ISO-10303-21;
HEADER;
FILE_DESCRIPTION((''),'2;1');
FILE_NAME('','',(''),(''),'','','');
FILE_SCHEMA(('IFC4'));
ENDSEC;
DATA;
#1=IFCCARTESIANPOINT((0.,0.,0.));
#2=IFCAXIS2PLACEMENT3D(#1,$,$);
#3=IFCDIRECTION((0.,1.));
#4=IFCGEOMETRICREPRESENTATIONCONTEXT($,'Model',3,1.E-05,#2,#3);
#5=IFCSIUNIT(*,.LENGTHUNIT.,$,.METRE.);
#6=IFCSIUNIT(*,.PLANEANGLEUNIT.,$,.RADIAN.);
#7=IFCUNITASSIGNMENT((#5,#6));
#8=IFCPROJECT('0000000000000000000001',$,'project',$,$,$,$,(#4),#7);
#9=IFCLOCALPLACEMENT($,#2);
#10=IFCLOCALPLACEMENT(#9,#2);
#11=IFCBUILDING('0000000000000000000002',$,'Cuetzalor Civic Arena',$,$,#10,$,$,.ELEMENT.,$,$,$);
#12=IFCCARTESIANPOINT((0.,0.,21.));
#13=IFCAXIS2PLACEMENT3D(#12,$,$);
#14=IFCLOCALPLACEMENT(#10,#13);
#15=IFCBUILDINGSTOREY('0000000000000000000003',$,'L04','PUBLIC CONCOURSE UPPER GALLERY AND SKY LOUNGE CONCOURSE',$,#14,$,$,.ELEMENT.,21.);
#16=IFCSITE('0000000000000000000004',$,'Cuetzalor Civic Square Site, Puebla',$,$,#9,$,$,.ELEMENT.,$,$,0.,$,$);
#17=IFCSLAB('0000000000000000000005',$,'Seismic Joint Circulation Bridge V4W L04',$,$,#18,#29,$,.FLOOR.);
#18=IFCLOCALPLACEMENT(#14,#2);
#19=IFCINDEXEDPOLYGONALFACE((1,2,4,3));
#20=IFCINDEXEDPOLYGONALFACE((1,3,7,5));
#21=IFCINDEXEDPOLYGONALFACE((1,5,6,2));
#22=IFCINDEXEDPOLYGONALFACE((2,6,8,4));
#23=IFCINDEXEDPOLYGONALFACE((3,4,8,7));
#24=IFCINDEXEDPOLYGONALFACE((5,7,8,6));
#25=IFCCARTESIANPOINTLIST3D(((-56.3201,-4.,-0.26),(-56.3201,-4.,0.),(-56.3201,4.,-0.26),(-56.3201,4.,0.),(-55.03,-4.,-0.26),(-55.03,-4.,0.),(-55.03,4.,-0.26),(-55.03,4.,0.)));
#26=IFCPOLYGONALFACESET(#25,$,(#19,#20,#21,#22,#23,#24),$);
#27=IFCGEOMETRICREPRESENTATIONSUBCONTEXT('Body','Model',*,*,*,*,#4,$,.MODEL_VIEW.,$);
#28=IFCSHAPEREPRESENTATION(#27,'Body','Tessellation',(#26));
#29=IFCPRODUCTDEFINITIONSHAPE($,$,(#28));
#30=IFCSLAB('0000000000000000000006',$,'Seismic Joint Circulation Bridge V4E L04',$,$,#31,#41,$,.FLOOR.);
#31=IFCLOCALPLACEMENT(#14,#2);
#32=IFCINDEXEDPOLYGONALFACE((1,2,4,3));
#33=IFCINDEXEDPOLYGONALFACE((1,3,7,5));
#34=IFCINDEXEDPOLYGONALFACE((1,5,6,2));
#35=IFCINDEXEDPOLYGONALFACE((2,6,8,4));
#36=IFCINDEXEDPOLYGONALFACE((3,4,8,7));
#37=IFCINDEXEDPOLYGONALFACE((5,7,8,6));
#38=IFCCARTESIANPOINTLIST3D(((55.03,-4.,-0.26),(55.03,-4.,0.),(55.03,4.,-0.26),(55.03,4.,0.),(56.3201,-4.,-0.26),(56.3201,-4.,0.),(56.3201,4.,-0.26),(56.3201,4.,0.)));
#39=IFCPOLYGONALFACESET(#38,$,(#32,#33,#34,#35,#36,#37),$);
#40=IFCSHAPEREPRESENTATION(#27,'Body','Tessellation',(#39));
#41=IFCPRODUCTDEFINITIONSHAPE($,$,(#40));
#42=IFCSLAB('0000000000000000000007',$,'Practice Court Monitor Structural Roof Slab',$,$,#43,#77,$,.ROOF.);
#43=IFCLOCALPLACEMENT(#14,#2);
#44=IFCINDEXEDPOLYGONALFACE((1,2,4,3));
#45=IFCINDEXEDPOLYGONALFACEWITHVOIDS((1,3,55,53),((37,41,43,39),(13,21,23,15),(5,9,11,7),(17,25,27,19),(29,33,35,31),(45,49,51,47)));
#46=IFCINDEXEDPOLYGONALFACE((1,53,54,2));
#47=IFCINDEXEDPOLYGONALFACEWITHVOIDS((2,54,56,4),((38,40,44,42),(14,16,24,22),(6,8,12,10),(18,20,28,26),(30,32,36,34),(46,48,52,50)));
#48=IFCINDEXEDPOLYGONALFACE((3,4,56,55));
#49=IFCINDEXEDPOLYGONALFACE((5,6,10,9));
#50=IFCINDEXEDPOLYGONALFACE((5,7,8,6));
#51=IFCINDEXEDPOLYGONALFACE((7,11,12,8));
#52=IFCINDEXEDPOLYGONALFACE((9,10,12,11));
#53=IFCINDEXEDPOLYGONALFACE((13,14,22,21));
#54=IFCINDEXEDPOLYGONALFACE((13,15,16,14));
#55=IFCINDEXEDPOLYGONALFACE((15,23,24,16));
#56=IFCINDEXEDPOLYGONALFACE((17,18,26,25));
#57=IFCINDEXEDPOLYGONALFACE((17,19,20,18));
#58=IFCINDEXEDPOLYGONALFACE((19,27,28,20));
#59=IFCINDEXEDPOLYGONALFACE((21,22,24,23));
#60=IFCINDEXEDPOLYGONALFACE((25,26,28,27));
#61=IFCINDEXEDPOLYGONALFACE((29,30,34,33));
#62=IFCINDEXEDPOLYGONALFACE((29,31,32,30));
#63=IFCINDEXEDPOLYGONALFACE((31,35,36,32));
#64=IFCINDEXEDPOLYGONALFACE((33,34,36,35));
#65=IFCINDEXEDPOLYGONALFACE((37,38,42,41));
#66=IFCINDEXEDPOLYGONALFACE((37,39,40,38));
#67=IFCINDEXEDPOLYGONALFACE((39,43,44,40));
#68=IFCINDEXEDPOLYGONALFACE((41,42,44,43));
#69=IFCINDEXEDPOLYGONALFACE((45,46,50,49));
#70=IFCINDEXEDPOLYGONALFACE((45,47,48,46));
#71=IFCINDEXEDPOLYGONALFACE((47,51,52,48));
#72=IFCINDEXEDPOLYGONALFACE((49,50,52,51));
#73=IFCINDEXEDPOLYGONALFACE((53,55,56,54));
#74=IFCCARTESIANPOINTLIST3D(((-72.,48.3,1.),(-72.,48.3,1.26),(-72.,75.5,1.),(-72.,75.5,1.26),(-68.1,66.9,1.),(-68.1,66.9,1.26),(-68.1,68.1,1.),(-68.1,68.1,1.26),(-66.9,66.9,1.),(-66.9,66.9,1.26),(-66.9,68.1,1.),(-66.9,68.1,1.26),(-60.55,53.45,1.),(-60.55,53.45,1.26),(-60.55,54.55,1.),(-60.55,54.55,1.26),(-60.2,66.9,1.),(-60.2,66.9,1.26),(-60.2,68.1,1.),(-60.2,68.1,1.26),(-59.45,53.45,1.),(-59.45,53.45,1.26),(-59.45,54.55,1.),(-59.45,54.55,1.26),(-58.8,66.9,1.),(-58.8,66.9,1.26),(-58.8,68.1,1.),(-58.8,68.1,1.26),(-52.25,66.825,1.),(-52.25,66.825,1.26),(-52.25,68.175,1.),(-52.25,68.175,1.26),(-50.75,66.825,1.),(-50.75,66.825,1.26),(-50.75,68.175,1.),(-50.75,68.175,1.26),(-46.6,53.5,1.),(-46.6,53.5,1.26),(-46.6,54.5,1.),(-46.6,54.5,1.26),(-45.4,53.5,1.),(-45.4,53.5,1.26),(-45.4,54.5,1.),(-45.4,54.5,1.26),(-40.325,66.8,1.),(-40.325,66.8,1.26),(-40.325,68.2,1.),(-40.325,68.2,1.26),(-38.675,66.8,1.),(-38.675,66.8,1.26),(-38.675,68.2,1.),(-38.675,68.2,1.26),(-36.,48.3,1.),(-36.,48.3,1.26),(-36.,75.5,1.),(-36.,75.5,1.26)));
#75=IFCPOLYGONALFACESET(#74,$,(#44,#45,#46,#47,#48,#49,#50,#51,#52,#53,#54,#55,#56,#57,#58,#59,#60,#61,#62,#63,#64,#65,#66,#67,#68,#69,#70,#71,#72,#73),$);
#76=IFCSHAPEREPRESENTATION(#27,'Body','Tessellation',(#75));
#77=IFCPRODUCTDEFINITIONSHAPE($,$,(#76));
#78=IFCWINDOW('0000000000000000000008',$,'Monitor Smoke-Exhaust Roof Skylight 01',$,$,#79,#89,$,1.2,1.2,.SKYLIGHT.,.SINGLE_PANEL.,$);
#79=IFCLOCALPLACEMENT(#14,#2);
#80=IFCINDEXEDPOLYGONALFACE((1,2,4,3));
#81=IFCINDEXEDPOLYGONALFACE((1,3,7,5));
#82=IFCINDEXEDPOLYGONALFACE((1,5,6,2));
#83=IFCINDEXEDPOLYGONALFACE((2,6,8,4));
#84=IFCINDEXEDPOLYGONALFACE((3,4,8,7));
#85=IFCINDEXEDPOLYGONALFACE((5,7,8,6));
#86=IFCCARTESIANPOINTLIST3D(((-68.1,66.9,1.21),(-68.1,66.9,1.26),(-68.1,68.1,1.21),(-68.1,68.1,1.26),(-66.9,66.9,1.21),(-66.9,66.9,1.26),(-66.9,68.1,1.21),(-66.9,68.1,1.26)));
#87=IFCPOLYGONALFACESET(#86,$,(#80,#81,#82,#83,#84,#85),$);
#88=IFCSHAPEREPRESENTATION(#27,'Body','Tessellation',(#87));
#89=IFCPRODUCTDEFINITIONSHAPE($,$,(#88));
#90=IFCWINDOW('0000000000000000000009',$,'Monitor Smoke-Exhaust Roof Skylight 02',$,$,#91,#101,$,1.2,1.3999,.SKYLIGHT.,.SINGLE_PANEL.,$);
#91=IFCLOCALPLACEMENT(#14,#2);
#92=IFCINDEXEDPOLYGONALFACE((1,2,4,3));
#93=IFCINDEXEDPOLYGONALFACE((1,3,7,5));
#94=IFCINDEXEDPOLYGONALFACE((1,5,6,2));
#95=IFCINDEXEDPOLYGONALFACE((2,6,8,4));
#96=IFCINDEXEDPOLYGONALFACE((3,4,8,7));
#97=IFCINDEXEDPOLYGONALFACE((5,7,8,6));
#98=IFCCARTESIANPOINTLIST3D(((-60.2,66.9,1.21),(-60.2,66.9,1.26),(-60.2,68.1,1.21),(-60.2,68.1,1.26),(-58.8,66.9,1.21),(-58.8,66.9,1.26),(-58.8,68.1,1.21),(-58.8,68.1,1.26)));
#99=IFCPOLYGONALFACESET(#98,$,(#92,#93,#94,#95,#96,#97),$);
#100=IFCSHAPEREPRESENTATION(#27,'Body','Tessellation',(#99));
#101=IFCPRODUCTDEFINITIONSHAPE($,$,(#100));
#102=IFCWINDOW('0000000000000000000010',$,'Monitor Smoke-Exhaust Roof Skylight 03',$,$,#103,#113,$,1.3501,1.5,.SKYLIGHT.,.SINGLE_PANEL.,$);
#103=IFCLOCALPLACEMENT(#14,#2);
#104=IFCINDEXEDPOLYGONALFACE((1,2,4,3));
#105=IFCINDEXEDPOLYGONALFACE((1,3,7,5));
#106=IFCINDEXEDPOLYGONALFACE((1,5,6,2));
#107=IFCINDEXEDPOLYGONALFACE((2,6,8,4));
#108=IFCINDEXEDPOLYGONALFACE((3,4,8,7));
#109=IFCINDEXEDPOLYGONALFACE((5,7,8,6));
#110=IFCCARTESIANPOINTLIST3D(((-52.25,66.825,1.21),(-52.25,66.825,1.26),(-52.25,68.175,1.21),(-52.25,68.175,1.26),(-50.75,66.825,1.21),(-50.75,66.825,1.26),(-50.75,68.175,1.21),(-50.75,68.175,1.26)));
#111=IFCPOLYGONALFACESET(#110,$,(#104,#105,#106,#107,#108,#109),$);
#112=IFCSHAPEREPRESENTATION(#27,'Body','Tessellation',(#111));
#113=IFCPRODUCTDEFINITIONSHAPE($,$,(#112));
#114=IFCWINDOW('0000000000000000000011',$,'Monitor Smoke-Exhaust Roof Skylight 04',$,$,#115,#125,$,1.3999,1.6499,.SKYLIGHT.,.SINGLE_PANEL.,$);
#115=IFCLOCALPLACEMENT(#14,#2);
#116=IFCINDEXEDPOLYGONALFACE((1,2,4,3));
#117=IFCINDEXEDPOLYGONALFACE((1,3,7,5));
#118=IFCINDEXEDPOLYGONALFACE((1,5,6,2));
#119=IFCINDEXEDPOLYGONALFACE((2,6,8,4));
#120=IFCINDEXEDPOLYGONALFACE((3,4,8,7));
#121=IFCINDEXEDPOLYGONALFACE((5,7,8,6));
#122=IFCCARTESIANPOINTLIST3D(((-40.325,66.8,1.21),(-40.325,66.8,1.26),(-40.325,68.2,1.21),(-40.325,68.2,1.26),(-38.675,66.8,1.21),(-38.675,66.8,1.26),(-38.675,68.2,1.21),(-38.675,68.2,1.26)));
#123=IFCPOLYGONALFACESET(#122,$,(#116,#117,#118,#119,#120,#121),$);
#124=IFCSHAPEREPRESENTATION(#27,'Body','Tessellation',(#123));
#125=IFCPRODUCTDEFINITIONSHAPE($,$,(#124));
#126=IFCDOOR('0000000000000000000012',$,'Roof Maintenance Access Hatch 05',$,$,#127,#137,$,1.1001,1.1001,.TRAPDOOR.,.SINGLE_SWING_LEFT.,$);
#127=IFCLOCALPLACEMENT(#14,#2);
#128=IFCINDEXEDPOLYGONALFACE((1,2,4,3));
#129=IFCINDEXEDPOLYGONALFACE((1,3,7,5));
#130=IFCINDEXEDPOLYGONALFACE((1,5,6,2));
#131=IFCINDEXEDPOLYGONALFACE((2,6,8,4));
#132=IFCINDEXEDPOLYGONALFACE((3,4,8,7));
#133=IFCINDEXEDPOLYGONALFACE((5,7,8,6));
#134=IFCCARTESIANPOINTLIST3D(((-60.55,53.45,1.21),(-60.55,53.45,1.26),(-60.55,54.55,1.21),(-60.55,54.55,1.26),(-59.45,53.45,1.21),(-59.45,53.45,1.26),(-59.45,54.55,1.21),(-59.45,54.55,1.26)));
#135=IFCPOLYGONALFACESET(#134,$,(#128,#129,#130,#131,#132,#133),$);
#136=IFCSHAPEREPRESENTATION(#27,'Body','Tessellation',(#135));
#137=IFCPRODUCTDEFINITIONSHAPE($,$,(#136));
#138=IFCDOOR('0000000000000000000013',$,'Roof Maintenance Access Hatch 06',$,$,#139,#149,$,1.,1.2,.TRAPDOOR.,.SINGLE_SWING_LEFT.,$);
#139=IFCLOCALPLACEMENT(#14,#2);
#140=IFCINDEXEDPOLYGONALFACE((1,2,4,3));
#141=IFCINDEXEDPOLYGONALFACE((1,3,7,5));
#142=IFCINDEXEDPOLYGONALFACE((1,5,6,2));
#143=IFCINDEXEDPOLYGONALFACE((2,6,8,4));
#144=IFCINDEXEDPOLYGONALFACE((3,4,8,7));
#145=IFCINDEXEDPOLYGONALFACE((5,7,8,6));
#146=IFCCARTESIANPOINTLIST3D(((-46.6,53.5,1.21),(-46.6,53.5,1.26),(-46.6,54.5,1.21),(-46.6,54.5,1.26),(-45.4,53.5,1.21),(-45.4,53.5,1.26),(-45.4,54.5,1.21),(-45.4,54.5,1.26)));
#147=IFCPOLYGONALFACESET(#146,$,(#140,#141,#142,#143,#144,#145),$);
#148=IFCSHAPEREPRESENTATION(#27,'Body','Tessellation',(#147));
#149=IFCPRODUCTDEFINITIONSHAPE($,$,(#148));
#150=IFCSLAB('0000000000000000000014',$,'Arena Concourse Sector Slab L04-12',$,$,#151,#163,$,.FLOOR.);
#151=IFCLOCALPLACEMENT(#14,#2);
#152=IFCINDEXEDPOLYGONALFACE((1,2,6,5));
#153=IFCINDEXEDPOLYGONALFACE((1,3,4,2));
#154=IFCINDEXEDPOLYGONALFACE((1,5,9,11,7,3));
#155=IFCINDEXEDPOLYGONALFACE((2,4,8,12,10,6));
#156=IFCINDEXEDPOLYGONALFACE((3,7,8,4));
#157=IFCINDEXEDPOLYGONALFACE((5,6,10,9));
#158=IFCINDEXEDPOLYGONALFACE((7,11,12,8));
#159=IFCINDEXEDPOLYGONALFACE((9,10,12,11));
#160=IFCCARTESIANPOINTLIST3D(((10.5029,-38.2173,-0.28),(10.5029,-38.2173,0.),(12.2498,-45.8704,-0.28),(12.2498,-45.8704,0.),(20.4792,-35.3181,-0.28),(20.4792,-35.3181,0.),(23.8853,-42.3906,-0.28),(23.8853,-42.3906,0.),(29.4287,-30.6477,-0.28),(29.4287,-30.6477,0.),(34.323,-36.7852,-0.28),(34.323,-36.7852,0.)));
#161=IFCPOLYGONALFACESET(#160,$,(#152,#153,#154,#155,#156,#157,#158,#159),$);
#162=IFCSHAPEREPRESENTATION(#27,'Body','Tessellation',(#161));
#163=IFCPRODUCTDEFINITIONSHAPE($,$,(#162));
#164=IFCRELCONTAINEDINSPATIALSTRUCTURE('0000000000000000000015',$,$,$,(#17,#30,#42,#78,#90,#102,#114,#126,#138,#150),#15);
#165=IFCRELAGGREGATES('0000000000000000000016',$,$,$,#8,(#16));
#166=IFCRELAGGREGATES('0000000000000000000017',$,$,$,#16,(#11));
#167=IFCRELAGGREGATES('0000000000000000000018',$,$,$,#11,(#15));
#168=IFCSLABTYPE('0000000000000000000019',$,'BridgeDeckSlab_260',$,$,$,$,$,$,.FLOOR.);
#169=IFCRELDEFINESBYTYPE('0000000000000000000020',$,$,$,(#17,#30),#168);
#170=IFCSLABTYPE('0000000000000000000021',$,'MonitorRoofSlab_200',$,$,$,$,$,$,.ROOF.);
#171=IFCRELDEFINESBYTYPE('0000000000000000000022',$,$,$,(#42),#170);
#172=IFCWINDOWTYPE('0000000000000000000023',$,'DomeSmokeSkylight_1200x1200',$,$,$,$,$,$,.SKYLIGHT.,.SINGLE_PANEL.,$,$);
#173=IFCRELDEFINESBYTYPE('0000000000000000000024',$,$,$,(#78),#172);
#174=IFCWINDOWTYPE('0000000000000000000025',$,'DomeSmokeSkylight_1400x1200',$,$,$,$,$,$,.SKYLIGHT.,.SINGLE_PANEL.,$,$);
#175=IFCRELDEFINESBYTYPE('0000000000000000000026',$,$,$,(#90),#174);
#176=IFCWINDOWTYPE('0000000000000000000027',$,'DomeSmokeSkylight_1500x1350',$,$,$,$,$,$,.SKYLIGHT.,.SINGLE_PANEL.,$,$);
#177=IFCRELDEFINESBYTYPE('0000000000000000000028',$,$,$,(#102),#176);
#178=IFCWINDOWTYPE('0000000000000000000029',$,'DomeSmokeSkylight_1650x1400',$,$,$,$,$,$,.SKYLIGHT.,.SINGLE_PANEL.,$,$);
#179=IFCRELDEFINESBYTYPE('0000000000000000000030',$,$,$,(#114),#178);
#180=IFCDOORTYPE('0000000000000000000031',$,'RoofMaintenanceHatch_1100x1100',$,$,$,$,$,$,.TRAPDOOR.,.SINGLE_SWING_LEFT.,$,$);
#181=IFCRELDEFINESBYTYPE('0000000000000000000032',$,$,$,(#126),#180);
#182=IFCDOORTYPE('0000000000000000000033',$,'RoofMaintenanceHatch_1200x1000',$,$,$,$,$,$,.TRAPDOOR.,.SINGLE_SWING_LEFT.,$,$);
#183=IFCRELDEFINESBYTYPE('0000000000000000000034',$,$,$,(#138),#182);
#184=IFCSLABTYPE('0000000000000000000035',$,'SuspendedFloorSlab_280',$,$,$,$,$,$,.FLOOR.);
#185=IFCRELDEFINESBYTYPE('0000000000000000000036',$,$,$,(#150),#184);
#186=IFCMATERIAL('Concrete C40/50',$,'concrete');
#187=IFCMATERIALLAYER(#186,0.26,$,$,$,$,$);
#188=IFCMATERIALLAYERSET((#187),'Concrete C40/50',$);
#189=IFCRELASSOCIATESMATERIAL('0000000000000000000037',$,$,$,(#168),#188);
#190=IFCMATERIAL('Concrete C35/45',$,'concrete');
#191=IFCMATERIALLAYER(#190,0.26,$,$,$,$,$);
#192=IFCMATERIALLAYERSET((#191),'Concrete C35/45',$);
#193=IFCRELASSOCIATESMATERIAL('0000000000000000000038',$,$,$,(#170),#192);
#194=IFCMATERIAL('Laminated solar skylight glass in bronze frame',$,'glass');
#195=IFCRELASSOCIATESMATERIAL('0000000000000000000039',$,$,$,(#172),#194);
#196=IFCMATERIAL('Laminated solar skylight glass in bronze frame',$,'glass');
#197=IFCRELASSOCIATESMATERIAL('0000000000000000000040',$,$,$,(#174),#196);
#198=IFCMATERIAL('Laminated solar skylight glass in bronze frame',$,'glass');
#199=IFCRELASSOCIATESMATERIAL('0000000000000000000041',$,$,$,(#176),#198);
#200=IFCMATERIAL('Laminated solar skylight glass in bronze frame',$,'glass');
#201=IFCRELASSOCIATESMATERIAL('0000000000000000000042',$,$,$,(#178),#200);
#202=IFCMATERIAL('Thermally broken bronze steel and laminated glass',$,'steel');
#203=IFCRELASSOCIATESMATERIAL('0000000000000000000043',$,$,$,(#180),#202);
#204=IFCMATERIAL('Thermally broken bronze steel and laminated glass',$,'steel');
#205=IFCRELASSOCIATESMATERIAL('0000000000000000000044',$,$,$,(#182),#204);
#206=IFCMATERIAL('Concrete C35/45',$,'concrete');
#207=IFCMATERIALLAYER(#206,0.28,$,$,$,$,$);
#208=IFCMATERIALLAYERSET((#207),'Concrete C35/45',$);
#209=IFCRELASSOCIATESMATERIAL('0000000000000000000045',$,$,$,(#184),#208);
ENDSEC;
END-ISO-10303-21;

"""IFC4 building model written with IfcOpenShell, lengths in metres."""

from ifc_helpers import new_model, si_unit, direction, frame, origin, origin_2d, place, context, subcontext, project, spatial, polyline, rectangle, outline, extrude, material, layer, layer_set, type_object, element, fill, save


model = new_model("IFC4")

# Units and contexts
model_context = context("Model", 3, precision=1e-05, world=origin(), true_north=direction((0.0, 1.0)))
body_context = subcontext(model_context, "Body", "Model", "MODEL_VIEW")
ifc_project = project(units=[si_unit("LENGTHUNIT", "METRE"), si_unit("PLANEANGLEUNIT", "RADIAN")], contexts=[model_context])

# Site, building, storey
site_placement = place(None, origin())
site = spatial("IfcSite", under=ifc_project, at=site_placement, Name="Cuetzalor Civic Square Site, Puebla", CompositionType="ELEMENT", RefElevation=0.0)
building_placement = place(site_placement, origin())
building = spatial("IfcBuilding", under=site, at=building_placement, Name="Cuetzalor Civic Arena", CompositionType="ELEMENT")
storey_placement = place(building_placement, frame((0.0, 0.0, 21.0)))
storey = spatial("IfcBuildingStorey", under=building, at=storey_placement, Name="L04", Description="PUBLIC CONCOURSE UPPER GALLERY AND SKY LOUNGE CONCOURSE", CompositionType="ELEMENT", Elevation=21.0)

# Slabs
ifc_material_1 = material(Name="Concrete C40/50", Category="concrete")
ifc_layer_1 = layer(ifc_material_1, 0.26)
ifc_layer_set_1 = layer_set([ifc_layer_1], Name="Concrete C40/50")
slab_type_1 = type_object("IfcSlabType", Name="BridgeDeckSlab_260", PredefinedType="FLOOR", material=ifc_layer_set_1)
slab_1_placement = place(storey_placement, frame((0.0, 0.0, -0.26)))
element("IfcSlab", 1, at=slab_1_placement, inside=storey, type_object=slab_type_1, Name="Seismic Joint Circulation Bridge V4W L04", PredefinedType="FLOOR", context=body_context, shape_type="SweptSolid", body=[
    extrude(outline(polyline([(-56.3201, -4.0), (-55.03, -4.0), (-55.03, 4.0), (-56.3201, 4.0), (-56.3201, -4.0)])), origin(), (0.0, 0.0, 1.0), 0.26),
])
slab_2_placement = place(storey_placement, frame((0.0, 0.0, -0.26)))
element("IfcSlab", 2, at=slab_2_placement, inside=storey, type_object=slab_type_1, Name="Seismic Joint Circulation Bridge V4E L04", PredefinedType="FLOOR", context=body_context, shape_type="SweptSolid", body=[
    extrude(outline(polyline([(55.03, -4.0), (56.3201, -4.0), (56.3201, 4.0), (55.03, 4.0), (55.03, -4.0)])), origin(), (0.0, 0.0, 1.0), 0.26),
])

# Slab, openings, windows, doors
ifc_material_2 = material(Name="Concrete C35/45", Category="concrete")
ifc_layer_2 = layer(ifc_material_2, 0.26)
ifc_layer_set_2 = layer_set([ifc_layer_2], Name="Concrete C35/45")
slab_type_2 = type_object("IfcSlabType", Name="MonitorRoofSlab_200", PredefinedType="ROOF", material=ifc_layer_set_2)
slab_3_placement = place(storey_placement, frame((0.0, 0.0, 1.0)))
slab_3 = element("IfcSlab", 3, at=slab_3_placement, inside=storey, type_object=slab_type_2, Name="Practice Court Monitor Structural Roof Slab", PredefinedType="ROOF", context=body_context, shape_type="SweptSolid", body=[
    extrude(outline(polyline([(-72.0, 48.3), (-36.0, 48.3), (-36.0, 75.5), (-72.0, 75.5), (-72.0, 48.3)])), origin(), (0.0, 0.0, 1.0), 0.26),
])
opening_1_placement = place(slab_3_placement, frame((-67.5, 67.5, 0.0)))
opening_1 = element("IfcOpeningElement", 4, at=opening_1_placement, cuts=slab_3, PredefinedType="OPENING", context=body_context, shape_type="SweptSolid", body=[
    extrude(rectangle(XDim=1.2, YDim=1.2, at=origin_2d()), origin(), (0.0, 0.0, 1.0), 0.26),
])
opening_2_placement = place(slab_3_placement, frame((-59.5, 67.5, 0.0)))
opening_2 = element("IfcOpeningElement", 5, at=opening_2_placement, cuts=slab_3, PredefinedType="OPENING", context=body_context, shape_type="SweptSolid", body=[
    extrude(rectangle(XDim=1.3999, YDim=1.2, at=origin_2d()), origin(), (0.0, 0.0, 1.0), 0.26),
])
opening_3_placement = place(slab_3_placement, frame((-51.5, 67.5, 0.0)))
opening_3 = element("IfcOpeningElement", 6, at=opening_3_placement, cuts=slab_3, PredefinedType="OPENING", context=body_context, shape_type="SweptSolid", body=[
    extrude(rectangle(XDim=1.5, YDim=1.3501, at=origin_2d()), origin(), (0.0, 0.0, 1.0), 0.26),
])
opening_4_placement = place(slab_3_placement, frame((-39.5, 67.5, 0.0)))
opening_4 = element("IfcOpeningElement", 7, at=opening_4_placement, cuts=slab_3, PredefinedType="OPENING", context=body_context, shape_type="SweptSolid", body=[
    extrude(rectangle(XDim=1.6499, YDim=1.3999, at=origin_2d()), origin(), (0.0, 0.0, 1.0), 0.26),
])
opening_5_placement = place(slab_3_placement, frame((-60.0, 54.0, 0.0)))
opening_5 = element("IfcOpeningElement", 8, at=opening_5_placement, cuts=slab_3, PredefinedType="OPENING", context=body_context, shape_type="SweptSolid", body=[
    extrude(rectangle(XDim=1.1001, YDim=1.1001, at=origin_2d()), origin(), (0.0, 0.0, 1.0), 0.26),
])
opening_6_placement = place(slab_3_placement, frame((-46.0, 54.0, 0.0)))
opening_6 = element("IfcOpeningElement", 9, at=opening_6_placement, cuts=slab_3, PredefinedType="OPENING", context=body_context, shape_type="SweptSolid", body=[
    extrude(rectangle(XDim=1.2, YDim=1.0, at=origin_2d()), origin(), (0.0, 0.0, 1.0), 0.26),
])
ifc_material_3 = material(Name="Laminated solar skylight glass in bronze frame", Category="glass")
window_type_1 = type_object("IfcWindowType", Name="DomeSmokeSkylight_1200x1200", PartitioningType="SINGLE_PANEL", PredefinedType="SKYLIGHT", material=ifc_material_3)
window_1_placement = place(opening_1_placement, frame((0.0, 0.0, 0.21)))
window_1 = element("IfcWindow", 10, at=window_1_placement, inside=storey, type_object=window_type_1, Name="Monitor Smoke-Exhaust Roof Skylight 01", OverallHeight=1.2, OverallWidth=1.2, PartitioningType="SINGLE_PANEL", PredefinedType="SKYLIGHT", context=body_context, shape_type="SweptSolid", body=[
    extrude(rectangle(XDim=1.2, YDim=1.2, at=origin_2d()), origin(), (0.0, 0.0, 1.0), 0.05),
])
fill(opening_1, window_1)
ifc_material_4 = material(Name="Laminated solar skylight glass in bronze frame", Category="glass")
window_type_2 = type_object("IfcWindowType", Name="DomeSmokeSkylight_1400x1200", PartitioningType="SINGLE_PANEL", PredefinedType="SKYLIGHT", material=ifc_material_4)
window_2_placement = place(opening_2_placement, frame((0.0, 0.0, 0.21)))
window_2 = element("IfcWindow", 11, at=window_2_placement, inside=storey, type_object=window_type_2, Name="Monitor Smoke-Exhaust Roof Skylight 02", OverallHeight=1.2, OverallWidth=1.3999, PartitioningType="SINGLE_PANEL", PredefinedType="SKYLIGHT", context=body_context, shape_type="SweptSolid", body=[
    extrude(rectangle(XDim=1.3999, YDim=1.2, at=origin_2d()), origin(), (0.0, 0.0, 1.0), 0.05),
])
fill(opening_2, window_2)
ifc_material_5 = material(Name="Laminated solar skylight glass in bronze frame", Category="glass")
window_type_3 = type_object("IfcWindowType", Name="DomeSmokeSkylight_1500x1350", PartitioningType="SINGLE_PANEL", PredefinedType="SKYLIGHT", material=ifc_material_5)
window_3_placement = place(opening_3_placement, frame((0.0, 0.0, 0.21)))
window_3 = element("IfcWindow", 12, at=window_3_placement, inside=storey, type_object=window_type_3, Name="Monitor Smoke-Exhaust Roof Skylight 03", OverallHeight=1.3501, OverallWidth=1.5, PartitioningType="SINGLE_PANEL", PredefinedType="SKYLIGHT", context=body_context, shape_type="SweptSolid", body=[
    extrude(rectangle(XDim=1.5, YDim=1.3501, at=origin_2d()), origin(), (0.0, 0.0, 1.0), 0.05),
])
fill(opening_3, window_3)
ifc_material_6 = material(Name="Laminated solar skylight glass in bronze frame", Category="glass")
window_type_4 = type_object("IfcWindowType", Name="DomeSmokeSkylight_1650x1400", PartitioningType="SINGLE_PANEL", PredefinedType="SKYLIGHT", material=ifc_material_6)
window_4_placement = place(opening_4_placement, frame((0.0, 0.0, 0.21)))
window_4 = element("IfcWindow", 13, at=window_4_placement, inside=storey, type_object=window_type_4, Name="Monitor Smoke-Exhaust Roof Skylight 04", OverallHeight=1.3999, OverallWidth=1.6499, PartitioningType="SINGLE_PANEL", PredefinedType="SKYLIGHT", context=body_context, shape_type="SweptSolid", body=[
    extrude(rectangle(XDim=1.6499, YDim=1.3999, at=origin_2d()), origin(), (0.0, 0.0, 1.0), 0.05),
])
fill(opening_4, window_4)
ifc_material_7 = material(Name="Thermally broken bronze steel and laminated glass", Category="steel")
door_type_1 = type_object("IfcDoorType", Name="RoofMaintenanceHatch_1100x1100", OperationType="SINGLE_SWING_LEFT", PredefinedType="TRAPDOOR", material=ifc_material_7)
door_1_placement = place(opening_5_placement, frame((0.0, 0.0, 0.21)))
door_1 = element("IfcDoor", 14, at=door_1_placement, inside=storey, type_object=door_type_1, Name="Roof Maintenance Access Hatch 05", OperationType="SINGLE_SWING_LEFT", OverallHeight=1.1001, OverallWidth=1.1001, PredefinedType="TRAPDOOR", context=body_context, shape_type="SweptSolid", body=[
    extrude(rectangle(XDim=1.1001, YDim=1.1001, at=origin_2d()), origin(), (0.0, 0.0, 1.0), 0.05),
])
fill(opening_5, door_1)
ifc_material_8 = material(Name="Thermally broken bronze steel and laminated glass", Category="steel")
door_type_2 = type_object("IfcDoorType", Name="RoofMaintenanceHatch_1200x1000", OperationType="SINGLE_SWING_LEFT", PredefinedType="TRAPDOOR", material=ifc_material_8)
door_2_placement = place(opening_6_placement, frame((0.0, 0.0, 0.21)))
door_2 = element("IfcDoor", 15, at=door_2_placement, inside=storey, type_object=door_type_2, Name="Roof Maintenance Access Hatch 06", OperationType="SINGLE_SWING_LEFT", OverallHeight=1.0, OverallWidth=1.2, PredefinedType="TRAPDOOR", context=body_context, shape_type="SweptSolid", body=[
    extrude(rectangle(XDim=1.2, YDim=1.0, at=origin_2d()), origin(), (0.0, 0.0, 1.0), 0.05),
])
fill(opening_6, door_2)

# Slab
ifc_material_9 = material(Name="Concrete C35/45", Category="concrete")
ifc_layer_3 = layer(ifc_material_9, 0.28)
ifc_layer_set_3 = layer_set([ifc_layer_3], Name="Concrete C35/45")
slab_type_3 = type_object("IfcSlabType", Name="SuspendedFloorSlab_280", PredefinedType="FLOOR", material=ifc_layer_set_3)
slab_4_placement = place(storey_placement, frame((0.0, 0.0, -0.28)))
element("IfcSlab", 16, at=slab_4_placement, inside=storey, type_object=slab_type_3, Name="Arena Concourse Sector Slab L04-12", PredefinedType="FLOOR", context=body_context, shape_type="SweptSolid", body=[
    extrude(outline(polyline([(10.5029, -38.2173), (20.4792, -35.3181), (29.4287, -30.6477), (34.323, -36.7852), (23.8853, -42.3906), (12.2498, -45.8704), (10.5029, -38.2173)])), origin(), (0.0, 0.0, 1.0), 0.28),
])

save(model, "model.ifc")
